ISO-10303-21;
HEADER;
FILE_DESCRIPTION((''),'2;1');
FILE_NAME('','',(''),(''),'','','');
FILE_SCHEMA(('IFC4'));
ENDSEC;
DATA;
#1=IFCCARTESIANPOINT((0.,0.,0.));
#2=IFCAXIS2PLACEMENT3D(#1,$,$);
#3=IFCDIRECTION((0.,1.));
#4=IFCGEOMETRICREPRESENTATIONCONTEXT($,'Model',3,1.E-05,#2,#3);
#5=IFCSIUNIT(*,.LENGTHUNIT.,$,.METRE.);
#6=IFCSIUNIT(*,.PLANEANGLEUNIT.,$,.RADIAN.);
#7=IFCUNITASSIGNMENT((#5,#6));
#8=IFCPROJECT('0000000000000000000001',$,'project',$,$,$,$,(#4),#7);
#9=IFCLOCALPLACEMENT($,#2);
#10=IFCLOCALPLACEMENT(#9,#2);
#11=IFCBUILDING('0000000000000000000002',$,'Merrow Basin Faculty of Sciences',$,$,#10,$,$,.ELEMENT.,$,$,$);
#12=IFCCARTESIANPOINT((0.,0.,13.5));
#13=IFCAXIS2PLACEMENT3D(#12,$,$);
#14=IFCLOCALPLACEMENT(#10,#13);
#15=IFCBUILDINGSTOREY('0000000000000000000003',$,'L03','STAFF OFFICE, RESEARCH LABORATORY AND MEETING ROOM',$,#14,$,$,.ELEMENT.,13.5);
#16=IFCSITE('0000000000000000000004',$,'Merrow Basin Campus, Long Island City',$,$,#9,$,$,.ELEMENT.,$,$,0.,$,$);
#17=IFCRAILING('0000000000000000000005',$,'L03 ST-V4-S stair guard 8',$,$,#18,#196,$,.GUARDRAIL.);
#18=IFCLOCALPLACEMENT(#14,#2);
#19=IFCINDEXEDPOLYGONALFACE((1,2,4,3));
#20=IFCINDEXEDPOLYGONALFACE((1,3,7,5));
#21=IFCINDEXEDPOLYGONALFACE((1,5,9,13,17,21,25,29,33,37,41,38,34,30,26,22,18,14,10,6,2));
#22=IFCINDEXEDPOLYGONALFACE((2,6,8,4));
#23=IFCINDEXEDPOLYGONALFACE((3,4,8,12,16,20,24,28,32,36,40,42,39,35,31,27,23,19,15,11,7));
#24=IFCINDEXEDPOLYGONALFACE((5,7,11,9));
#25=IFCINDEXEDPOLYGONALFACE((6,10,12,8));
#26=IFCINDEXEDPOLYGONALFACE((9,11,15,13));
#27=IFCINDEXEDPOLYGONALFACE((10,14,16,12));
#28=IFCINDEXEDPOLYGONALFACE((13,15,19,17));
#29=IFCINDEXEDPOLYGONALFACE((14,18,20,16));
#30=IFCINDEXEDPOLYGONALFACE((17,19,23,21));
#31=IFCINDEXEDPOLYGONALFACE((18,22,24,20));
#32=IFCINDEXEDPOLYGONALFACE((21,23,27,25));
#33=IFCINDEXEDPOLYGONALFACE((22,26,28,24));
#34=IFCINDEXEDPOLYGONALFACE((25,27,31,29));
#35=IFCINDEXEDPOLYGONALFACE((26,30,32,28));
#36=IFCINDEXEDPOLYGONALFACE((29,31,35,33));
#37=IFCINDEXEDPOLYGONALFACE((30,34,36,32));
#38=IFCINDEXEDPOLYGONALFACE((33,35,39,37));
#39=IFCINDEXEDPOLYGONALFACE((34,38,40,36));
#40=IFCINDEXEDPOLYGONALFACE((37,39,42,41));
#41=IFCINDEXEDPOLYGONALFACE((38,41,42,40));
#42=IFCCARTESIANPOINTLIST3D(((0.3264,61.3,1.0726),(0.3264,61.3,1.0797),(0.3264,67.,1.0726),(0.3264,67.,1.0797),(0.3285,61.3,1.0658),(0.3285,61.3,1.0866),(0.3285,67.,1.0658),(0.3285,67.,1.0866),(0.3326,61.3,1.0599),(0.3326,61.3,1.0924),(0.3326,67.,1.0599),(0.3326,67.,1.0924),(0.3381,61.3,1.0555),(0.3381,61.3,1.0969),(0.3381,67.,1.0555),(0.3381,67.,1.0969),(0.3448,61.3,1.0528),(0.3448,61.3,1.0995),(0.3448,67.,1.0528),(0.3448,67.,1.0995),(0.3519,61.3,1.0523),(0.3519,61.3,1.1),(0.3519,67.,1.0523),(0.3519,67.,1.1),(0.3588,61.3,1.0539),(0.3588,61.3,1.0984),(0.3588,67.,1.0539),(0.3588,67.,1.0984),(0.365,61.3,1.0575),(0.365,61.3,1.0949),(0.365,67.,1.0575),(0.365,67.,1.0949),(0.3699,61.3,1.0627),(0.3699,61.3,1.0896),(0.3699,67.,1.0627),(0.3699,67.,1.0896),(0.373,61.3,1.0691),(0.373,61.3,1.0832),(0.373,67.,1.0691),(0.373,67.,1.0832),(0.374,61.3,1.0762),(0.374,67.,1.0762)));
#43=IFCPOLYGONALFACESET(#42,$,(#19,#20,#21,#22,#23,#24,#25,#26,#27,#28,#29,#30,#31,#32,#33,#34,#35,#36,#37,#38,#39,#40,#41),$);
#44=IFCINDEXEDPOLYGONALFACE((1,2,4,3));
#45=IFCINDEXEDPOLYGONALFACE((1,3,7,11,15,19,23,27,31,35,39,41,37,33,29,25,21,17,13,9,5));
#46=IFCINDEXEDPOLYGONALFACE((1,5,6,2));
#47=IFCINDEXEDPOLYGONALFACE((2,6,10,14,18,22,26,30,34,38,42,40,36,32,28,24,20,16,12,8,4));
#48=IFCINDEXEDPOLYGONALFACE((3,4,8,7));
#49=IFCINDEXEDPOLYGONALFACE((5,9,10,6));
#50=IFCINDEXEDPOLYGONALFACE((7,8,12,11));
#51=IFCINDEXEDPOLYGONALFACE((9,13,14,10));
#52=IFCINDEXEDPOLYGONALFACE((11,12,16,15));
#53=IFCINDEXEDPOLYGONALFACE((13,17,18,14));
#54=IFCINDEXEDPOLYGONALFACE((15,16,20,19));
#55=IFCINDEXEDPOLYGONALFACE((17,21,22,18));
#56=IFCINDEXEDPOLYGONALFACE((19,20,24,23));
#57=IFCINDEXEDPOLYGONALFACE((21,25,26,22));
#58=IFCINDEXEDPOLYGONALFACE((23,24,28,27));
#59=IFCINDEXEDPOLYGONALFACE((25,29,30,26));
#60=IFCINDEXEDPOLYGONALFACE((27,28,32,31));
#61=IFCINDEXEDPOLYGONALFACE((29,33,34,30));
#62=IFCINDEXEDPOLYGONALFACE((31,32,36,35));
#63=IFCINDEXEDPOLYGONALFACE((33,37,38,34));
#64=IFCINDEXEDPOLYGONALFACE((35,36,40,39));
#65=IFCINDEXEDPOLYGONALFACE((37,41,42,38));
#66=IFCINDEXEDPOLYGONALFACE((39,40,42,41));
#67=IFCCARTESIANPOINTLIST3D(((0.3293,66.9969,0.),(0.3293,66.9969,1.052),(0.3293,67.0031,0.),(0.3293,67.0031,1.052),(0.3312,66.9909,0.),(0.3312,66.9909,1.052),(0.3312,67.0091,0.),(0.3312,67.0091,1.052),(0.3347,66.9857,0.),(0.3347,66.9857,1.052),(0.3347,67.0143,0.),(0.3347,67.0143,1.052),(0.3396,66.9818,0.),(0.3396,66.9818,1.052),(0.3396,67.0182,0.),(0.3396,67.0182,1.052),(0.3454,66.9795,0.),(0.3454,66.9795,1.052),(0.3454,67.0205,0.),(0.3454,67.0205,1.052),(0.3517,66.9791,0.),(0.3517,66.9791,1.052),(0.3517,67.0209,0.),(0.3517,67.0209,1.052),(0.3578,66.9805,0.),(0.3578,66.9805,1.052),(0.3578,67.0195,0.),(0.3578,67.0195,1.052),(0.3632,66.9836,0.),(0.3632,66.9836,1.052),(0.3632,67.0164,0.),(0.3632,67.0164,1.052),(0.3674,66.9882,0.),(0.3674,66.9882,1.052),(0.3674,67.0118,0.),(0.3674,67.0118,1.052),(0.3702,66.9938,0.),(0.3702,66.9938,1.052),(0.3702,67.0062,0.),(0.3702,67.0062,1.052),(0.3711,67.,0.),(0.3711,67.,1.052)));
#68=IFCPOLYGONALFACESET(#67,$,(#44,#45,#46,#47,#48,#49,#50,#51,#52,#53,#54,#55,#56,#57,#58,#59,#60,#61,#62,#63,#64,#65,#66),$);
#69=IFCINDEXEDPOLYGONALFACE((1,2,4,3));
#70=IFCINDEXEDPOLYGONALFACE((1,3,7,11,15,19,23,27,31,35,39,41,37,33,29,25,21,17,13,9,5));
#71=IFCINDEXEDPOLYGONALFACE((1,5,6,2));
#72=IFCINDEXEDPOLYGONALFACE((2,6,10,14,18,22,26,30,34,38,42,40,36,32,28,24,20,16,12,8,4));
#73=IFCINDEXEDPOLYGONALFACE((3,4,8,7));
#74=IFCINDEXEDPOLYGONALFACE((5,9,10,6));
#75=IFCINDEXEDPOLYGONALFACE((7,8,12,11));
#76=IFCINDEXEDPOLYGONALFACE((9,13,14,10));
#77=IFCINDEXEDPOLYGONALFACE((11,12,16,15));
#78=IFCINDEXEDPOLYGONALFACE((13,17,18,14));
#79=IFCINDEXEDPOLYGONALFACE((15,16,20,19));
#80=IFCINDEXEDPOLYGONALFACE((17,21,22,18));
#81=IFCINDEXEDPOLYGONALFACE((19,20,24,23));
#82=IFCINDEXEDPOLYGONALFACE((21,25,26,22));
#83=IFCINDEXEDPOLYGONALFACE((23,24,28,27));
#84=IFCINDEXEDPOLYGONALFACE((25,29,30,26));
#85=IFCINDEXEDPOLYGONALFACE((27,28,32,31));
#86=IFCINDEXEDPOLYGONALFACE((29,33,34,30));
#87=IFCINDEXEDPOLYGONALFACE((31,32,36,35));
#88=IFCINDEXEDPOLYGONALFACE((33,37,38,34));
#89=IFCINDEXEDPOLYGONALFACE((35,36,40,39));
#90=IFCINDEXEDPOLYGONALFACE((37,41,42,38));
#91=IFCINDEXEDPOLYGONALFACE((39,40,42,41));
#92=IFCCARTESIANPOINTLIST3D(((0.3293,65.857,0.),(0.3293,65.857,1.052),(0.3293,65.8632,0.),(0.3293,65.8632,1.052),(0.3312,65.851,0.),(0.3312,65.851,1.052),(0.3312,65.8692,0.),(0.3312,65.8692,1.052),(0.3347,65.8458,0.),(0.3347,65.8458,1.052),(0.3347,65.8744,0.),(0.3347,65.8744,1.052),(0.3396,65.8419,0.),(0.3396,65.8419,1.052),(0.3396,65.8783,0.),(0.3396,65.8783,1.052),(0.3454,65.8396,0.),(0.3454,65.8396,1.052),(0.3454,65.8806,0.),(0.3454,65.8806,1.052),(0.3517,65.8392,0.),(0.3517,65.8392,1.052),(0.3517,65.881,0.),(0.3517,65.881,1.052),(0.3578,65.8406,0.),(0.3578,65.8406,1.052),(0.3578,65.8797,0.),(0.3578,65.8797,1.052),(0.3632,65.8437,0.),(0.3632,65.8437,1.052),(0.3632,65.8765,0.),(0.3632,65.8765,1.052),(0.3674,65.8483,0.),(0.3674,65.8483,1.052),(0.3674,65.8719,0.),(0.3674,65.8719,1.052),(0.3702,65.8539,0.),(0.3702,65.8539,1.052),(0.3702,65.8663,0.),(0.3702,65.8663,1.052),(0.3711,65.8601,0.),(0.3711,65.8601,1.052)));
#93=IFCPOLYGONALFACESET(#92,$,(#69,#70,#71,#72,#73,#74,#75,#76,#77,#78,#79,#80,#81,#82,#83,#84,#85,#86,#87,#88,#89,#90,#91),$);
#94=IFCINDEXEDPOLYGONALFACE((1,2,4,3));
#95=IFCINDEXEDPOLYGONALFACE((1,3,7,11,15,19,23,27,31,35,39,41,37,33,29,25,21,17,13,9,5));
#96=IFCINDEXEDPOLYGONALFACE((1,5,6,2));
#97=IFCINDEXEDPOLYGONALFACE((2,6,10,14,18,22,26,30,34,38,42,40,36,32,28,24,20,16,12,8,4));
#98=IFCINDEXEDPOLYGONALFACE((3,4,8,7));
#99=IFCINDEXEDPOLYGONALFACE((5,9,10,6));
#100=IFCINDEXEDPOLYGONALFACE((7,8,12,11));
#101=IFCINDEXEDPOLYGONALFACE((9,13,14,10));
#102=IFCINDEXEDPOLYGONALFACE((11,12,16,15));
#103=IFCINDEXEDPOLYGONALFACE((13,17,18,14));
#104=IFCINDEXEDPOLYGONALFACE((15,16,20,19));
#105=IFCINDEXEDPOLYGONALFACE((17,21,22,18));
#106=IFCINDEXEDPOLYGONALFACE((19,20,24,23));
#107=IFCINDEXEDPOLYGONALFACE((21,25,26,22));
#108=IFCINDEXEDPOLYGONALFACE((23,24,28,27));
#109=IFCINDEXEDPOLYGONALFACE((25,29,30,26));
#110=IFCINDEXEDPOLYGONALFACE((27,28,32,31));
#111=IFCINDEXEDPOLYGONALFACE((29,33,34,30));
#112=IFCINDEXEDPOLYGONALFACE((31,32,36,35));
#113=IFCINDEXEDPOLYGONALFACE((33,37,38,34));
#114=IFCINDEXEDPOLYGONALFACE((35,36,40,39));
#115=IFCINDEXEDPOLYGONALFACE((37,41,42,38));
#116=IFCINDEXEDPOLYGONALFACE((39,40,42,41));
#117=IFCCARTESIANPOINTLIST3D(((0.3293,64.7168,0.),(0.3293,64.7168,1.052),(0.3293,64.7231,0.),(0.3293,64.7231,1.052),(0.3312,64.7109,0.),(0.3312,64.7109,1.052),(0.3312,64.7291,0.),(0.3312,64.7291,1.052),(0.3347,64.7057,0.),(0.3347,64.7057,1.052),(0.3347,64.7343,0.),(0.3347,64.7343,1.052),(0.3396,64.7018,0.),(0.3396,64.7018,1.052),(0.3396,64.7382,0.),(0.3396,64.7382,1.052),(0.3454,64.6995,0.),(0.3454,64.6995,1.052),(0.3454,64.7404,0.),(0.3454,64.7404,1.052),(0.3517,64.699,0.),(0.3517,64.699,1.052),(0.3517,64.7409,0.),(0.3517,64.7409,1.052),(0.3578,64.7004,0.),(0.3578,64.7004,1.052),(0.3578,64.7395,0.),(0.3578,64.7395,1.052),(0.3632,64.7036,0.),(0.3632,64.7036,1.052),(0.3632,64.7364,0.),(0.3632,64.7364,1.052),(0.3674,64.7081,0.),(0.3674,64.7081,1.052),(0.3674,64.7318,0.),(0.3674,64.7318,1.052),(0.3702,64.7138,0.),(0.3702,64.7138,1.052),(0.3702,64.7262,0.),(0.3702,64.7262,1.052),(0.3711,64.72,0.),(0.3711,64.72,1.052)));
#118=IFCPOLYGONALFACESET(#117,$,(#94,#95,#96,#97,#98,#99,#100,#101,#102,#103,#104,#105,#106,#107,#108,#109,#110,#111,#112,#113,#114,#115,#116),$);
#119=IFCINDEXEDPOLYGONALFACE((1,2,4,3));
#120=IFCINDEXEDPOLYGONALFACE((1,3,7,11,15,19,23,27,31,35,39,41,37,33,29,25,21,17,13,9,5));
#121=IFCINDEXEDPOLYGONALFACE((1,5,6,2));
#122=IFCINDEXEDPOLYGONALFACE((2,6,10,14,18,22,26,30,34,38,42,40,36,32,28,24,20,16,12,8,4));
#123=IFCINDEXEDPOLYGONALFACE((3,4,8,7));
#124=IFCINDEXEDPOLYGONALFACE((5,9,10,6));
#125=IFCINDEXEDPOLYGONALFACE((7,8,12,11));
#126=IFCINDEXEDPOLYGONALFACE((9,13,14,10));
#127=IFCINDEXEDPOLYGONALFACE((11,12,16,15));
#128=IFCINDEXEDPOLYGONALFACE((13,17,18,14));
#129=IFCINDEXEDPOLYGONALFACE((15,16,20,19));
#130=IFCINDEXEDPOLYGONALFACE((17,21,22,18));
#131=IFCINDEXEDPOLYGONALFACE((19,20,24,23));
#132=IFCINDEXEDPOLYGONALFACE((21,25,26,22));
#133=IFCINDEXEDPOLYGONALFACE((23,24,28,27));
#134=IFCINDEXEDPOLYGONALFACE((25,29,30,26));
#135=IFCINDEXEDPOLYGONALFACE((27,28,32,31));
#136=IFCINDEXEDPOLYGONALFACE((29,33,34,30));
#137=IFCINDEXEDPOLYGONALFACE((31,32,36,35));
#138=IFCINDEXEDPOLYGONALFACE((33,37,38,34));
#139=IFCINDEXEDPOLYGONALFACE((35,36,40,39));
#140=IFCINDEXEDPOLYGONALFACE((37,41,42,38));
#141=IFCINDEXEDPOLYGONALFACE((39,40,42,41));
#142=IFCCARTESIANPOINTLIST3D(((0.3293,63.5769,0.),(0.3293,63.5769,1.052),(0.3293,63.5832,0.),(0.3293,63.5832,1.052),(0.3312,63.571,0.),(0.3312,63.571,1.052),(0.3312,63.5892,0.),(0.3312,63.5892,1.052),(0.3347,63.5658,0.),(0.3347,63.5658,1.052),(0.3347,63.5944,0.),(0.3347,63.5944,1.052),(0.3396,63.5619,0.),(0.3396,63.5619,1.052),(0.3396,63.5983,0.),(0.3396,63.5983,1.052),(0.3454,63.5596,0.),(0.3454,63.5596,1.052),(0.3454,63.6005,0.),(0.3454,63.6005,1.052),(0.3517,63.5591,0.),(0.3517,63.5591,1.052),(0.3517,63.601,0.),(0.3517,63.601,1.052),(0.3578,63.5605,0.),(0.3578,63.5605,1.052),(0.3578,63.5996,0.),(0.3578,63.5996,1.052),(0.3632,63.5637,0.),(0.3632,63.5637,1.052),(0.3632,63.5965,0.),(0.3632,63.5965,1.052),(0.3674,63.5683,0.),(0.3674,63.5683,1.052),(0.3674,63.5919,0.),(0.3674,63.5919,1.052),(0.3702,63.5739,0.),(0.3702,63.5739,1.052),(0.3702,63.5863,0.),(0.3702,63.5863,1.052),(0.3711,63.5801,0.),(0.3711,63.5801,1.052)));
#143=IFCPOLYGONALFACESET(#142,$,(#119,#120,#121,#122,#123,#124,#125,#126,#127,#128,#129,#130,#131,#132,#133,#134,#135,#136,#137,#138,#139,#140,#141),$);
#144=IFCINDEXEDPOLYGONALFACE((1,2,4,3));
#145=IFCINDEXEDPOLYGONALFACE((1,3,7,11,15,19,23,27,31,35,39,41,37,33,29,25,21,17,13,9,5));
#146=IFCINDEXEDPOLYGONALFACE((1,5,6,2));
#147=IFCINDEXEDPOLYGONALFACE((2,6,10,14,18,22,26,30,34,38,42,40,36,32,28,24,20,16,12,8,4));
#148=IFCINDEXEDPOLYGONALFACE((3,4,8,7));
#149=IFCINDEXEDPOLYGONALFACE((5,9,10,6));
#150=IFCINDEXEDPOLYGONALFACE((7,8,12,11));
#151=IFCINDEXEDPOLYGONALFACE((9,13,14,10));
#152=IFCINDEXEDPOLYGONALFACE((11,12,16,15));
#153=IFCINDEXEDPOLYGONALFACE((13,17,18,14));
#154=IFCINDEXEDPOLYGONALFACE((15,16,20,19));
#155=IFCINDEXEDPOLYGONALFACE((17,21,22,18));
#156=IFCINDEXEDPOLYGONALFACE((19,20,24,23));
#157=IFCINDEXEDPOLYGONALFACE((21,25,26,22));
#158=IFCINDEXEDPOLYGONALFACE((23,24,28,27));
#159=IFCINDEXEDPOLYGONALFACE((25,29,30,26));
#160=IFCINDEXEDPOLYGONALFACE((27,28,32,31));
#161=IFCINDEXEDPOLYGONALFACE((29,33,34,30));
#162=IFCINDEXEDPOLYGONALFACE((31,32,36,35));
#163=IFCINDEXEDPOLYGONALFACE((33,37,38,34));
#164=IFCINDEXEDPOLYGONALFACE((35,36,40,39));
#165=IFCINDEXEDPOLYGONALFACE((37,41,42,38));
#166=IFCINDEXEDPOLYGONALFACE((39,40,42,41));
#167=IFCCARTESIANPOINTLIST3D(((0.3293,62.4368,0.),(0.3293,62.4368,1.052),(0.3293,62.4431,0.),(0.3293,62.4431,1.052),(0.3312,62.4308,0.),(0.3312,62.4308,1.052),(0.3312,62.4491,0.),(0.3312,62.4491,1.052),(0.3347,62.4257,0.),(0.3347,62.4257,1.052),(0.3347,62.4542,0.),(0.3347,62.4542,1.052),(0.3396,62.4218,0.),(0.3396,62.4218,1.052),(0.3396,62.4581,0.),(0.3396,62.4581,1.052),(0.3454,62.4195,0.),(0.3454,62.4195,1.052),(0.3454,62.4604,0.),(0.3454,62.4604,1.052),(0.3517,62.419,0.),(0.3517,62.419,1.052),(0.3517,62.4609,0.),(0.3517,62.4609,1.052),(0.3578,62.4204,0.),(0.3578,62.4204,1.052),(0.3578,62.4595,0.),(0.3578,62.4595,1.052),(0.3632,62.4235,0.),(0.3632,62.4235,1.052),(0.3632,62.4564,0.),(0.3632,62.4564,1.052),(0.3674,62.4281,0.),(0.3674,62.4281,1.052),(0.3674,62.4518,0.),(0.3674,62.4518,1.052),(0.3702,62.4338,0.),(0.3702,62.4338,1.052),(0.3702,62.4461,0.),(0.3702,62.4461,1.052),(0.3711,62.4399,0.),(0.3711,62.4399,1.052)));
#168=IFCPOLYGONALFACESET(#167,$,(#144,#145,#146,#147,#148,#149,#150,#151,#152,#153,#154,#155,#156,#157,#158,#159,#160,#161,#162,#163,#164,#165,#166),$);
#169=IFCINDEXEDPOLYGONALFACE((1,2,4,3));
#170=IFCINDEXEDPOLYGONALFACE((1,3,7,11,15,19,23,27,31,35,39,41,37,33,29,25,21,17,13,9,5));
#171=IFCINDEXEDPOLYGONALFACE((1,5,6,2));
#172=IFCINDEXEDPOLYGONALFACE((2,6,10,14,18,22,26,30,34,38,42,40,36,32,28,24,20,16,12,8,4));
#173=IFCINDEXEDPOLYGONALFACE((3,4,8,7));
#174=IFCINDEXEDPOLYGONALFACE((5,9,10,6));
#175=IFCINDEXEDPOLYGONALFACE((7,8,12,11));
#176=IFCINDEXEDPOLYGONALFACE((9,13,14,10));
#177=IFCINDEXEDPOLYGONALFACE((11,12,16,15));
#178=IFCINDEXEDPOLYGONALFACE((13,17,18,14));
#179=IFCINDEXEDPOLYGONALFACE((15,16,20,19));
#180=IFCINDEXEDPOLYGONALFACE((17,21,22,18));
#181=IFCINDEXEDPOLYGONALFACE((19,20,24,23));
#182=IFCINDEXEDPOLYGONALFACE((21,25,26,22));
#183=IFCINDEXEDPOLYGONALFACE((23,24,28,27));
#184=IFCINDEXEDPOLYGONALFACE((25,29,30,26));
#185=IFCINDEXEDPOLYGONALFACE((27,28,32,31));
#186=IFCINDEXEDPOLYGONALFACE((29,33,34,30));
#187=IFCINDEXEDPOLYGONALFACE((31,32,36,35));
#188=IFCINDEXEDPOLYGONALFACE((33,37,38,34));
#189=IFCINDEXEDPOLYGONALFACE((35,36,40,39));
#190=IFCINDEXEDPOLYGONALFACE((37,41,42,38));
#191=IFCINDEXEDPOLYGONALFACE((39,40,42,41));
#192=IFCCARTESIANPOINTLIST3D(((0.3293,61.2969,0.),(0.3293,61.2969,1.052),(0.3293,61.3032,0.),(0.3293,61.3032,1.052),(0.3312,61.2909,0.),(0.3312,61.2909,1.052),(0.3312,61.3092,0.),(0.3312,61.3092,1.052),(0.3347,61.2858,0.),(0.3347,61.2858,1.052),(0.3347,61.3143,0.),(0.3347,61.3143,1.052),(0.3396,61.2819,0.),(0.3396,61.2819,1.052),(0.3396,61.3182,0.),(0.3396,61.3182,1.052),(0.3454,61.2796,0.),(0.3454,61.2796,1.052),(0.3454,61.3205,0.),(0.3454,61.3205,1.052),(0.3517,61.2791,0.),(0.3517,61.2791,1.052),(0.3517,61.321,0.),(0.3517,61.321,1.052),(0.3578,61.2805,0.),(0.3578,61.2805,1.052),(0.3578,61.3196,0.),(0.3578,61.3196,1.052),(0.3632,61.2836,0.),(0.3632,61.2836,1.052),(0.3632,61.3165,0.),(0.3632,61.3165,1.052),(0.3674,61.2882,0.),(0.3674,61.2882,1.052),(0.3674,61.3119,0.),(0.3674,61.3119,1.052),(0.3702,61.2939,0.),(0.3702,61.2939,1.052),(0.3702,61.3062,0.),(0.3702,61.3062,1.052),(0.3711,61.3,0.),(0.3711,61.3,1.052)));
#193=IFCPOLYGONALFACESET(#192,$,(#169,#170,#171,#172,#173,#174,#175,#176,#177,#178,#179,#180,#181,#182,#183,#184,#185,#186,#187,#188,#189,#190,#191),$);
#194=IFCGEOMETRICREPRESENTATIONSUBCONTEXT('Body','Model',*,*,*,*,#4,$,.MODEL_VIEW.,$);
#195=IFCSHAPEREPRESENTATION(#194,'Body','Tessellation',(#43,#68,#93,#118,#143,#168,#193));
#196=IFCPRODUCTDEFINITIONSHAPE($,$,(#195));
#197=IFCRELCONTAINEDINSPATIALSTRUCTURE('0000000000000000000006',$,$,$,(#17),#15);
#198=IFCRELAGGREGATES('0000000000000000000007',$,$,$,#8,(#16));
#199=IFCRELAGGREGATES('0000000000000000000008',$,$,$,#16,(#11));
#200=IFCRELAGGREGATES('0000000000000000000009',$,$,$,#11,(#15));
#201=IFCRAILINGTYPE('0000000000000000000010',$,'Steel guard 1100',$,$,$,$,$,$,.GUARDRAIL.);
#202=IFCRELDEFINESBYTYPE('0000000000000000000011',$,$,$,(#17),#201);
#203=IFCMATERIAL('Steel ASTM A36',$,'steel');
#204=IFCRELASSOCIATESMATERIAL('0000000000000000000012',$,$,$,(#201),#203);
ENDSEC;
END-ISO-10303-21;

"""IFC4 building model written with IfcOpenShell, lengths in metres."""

from ifc_helpers import new_model, si_unit, direction, frame, origin, origin_2d, place, context, subcontext, project, spatial, circle, extrude, material, type_object, element, save


model = new_model("IFC4")

# Units and contexts
model_context = context("Model", 3, precision=1e-05, world=origin(), true_north=direction((0.0, 1.0)))
body_context = subcontext(model_context, "Body", "Model", "MODEL_VIEW")
ifc_project = project(units=[si_unit("LENGTHUNIT", "METRE"), si_unit("PLANEANGLEUNIT", "RADIAN")], contexts=[model_context])

# Site, building, storey
site_placement = place(None, origin())
site = spatial("IfcSite", under=ifc_project, at=site_placement, Name="Merrow Basin Campus, Long Island City", CompositionType="ELEMENT", RefElevation=0.0)
building_placement = place(site_placement, origin())
building = spatial("IfcBuilding", under=site, at=building_placement, Name="Merrow Basin Faculty of Sciences", CompositionType="ELEMENT")
storey_placement = place(building_placement, frame((0.0, 0.0, 13.5)))
storey = spatial("IfcBuildingStorey", under=building, at=storey_placement, Name="L03", Description="STAFF OFFICE, RESEARCH LABORATORY AND MEETING ROOM", CompositionType="ELEMENT", Elevation=13.5)

# Railing
ifc_material_1 = material(Name="Steel ASTM A36", Category="steel")
railing_type_1 = type_object("IfcRailingType", Name="Steel guard 1100", PredefinedType="GUARDRAIL", material=ifc_material_1)
railing_1_placement = place(storey_placement, frame((0.3501, 67.0, 0.0)))
element("IfcRailing", 1, at=railing_1_placement, inside=storey, type_object=railing_type_1, Name="L03 ST-V4-S stair guard 8", PredefinedType="GUARDRAIL", context=body_context, shape_type="SweptSolid", body=[
    extrude(circle(Radius=0.0239, at=origin_2d()), frame((0.0, 0.0, 1.0762), z_axis=(0.0, -1.0, 0.0), x_axis=(1.0, 0.0, 0.0)), (0.0, 0.0, 1.0), 5.7),
    extrude(circle(Radius=0.021, at=origin_2d()), origin(), (0.0, 0.0, 1.0), 1.052),
    extrude(circle(Radius=0.021, at=origin_2d()), frame((0.0, -1.1399, 0.0)), (0.0, 0.0, 1.0), 1.052),
    extrude(circle(Radius=0.021, at=origin_2d()), frame((0.0, -2.28, 0.0)), (0.0, 0.0, 1.0), 1.052),
    extrude(circle(Radius=0.021, at=origin_2d()), frame((0.0, -3.4199, 0.0)), (0.0, 0.0, 1.0), 1.052),
    extrude(circle(Radius=0.021, at=origin_2d()), frame((0.0, -4.5601, 0.0)), (0.0, 0.0, 1.0), 1.052),
    extrude(circle(Radius=0.021, at=origin_2d()), frame((0.0, -5.7, 0.0)), (0.0, 0.0, 1.0), 1.052),
])

save(model, "model.ifc")
